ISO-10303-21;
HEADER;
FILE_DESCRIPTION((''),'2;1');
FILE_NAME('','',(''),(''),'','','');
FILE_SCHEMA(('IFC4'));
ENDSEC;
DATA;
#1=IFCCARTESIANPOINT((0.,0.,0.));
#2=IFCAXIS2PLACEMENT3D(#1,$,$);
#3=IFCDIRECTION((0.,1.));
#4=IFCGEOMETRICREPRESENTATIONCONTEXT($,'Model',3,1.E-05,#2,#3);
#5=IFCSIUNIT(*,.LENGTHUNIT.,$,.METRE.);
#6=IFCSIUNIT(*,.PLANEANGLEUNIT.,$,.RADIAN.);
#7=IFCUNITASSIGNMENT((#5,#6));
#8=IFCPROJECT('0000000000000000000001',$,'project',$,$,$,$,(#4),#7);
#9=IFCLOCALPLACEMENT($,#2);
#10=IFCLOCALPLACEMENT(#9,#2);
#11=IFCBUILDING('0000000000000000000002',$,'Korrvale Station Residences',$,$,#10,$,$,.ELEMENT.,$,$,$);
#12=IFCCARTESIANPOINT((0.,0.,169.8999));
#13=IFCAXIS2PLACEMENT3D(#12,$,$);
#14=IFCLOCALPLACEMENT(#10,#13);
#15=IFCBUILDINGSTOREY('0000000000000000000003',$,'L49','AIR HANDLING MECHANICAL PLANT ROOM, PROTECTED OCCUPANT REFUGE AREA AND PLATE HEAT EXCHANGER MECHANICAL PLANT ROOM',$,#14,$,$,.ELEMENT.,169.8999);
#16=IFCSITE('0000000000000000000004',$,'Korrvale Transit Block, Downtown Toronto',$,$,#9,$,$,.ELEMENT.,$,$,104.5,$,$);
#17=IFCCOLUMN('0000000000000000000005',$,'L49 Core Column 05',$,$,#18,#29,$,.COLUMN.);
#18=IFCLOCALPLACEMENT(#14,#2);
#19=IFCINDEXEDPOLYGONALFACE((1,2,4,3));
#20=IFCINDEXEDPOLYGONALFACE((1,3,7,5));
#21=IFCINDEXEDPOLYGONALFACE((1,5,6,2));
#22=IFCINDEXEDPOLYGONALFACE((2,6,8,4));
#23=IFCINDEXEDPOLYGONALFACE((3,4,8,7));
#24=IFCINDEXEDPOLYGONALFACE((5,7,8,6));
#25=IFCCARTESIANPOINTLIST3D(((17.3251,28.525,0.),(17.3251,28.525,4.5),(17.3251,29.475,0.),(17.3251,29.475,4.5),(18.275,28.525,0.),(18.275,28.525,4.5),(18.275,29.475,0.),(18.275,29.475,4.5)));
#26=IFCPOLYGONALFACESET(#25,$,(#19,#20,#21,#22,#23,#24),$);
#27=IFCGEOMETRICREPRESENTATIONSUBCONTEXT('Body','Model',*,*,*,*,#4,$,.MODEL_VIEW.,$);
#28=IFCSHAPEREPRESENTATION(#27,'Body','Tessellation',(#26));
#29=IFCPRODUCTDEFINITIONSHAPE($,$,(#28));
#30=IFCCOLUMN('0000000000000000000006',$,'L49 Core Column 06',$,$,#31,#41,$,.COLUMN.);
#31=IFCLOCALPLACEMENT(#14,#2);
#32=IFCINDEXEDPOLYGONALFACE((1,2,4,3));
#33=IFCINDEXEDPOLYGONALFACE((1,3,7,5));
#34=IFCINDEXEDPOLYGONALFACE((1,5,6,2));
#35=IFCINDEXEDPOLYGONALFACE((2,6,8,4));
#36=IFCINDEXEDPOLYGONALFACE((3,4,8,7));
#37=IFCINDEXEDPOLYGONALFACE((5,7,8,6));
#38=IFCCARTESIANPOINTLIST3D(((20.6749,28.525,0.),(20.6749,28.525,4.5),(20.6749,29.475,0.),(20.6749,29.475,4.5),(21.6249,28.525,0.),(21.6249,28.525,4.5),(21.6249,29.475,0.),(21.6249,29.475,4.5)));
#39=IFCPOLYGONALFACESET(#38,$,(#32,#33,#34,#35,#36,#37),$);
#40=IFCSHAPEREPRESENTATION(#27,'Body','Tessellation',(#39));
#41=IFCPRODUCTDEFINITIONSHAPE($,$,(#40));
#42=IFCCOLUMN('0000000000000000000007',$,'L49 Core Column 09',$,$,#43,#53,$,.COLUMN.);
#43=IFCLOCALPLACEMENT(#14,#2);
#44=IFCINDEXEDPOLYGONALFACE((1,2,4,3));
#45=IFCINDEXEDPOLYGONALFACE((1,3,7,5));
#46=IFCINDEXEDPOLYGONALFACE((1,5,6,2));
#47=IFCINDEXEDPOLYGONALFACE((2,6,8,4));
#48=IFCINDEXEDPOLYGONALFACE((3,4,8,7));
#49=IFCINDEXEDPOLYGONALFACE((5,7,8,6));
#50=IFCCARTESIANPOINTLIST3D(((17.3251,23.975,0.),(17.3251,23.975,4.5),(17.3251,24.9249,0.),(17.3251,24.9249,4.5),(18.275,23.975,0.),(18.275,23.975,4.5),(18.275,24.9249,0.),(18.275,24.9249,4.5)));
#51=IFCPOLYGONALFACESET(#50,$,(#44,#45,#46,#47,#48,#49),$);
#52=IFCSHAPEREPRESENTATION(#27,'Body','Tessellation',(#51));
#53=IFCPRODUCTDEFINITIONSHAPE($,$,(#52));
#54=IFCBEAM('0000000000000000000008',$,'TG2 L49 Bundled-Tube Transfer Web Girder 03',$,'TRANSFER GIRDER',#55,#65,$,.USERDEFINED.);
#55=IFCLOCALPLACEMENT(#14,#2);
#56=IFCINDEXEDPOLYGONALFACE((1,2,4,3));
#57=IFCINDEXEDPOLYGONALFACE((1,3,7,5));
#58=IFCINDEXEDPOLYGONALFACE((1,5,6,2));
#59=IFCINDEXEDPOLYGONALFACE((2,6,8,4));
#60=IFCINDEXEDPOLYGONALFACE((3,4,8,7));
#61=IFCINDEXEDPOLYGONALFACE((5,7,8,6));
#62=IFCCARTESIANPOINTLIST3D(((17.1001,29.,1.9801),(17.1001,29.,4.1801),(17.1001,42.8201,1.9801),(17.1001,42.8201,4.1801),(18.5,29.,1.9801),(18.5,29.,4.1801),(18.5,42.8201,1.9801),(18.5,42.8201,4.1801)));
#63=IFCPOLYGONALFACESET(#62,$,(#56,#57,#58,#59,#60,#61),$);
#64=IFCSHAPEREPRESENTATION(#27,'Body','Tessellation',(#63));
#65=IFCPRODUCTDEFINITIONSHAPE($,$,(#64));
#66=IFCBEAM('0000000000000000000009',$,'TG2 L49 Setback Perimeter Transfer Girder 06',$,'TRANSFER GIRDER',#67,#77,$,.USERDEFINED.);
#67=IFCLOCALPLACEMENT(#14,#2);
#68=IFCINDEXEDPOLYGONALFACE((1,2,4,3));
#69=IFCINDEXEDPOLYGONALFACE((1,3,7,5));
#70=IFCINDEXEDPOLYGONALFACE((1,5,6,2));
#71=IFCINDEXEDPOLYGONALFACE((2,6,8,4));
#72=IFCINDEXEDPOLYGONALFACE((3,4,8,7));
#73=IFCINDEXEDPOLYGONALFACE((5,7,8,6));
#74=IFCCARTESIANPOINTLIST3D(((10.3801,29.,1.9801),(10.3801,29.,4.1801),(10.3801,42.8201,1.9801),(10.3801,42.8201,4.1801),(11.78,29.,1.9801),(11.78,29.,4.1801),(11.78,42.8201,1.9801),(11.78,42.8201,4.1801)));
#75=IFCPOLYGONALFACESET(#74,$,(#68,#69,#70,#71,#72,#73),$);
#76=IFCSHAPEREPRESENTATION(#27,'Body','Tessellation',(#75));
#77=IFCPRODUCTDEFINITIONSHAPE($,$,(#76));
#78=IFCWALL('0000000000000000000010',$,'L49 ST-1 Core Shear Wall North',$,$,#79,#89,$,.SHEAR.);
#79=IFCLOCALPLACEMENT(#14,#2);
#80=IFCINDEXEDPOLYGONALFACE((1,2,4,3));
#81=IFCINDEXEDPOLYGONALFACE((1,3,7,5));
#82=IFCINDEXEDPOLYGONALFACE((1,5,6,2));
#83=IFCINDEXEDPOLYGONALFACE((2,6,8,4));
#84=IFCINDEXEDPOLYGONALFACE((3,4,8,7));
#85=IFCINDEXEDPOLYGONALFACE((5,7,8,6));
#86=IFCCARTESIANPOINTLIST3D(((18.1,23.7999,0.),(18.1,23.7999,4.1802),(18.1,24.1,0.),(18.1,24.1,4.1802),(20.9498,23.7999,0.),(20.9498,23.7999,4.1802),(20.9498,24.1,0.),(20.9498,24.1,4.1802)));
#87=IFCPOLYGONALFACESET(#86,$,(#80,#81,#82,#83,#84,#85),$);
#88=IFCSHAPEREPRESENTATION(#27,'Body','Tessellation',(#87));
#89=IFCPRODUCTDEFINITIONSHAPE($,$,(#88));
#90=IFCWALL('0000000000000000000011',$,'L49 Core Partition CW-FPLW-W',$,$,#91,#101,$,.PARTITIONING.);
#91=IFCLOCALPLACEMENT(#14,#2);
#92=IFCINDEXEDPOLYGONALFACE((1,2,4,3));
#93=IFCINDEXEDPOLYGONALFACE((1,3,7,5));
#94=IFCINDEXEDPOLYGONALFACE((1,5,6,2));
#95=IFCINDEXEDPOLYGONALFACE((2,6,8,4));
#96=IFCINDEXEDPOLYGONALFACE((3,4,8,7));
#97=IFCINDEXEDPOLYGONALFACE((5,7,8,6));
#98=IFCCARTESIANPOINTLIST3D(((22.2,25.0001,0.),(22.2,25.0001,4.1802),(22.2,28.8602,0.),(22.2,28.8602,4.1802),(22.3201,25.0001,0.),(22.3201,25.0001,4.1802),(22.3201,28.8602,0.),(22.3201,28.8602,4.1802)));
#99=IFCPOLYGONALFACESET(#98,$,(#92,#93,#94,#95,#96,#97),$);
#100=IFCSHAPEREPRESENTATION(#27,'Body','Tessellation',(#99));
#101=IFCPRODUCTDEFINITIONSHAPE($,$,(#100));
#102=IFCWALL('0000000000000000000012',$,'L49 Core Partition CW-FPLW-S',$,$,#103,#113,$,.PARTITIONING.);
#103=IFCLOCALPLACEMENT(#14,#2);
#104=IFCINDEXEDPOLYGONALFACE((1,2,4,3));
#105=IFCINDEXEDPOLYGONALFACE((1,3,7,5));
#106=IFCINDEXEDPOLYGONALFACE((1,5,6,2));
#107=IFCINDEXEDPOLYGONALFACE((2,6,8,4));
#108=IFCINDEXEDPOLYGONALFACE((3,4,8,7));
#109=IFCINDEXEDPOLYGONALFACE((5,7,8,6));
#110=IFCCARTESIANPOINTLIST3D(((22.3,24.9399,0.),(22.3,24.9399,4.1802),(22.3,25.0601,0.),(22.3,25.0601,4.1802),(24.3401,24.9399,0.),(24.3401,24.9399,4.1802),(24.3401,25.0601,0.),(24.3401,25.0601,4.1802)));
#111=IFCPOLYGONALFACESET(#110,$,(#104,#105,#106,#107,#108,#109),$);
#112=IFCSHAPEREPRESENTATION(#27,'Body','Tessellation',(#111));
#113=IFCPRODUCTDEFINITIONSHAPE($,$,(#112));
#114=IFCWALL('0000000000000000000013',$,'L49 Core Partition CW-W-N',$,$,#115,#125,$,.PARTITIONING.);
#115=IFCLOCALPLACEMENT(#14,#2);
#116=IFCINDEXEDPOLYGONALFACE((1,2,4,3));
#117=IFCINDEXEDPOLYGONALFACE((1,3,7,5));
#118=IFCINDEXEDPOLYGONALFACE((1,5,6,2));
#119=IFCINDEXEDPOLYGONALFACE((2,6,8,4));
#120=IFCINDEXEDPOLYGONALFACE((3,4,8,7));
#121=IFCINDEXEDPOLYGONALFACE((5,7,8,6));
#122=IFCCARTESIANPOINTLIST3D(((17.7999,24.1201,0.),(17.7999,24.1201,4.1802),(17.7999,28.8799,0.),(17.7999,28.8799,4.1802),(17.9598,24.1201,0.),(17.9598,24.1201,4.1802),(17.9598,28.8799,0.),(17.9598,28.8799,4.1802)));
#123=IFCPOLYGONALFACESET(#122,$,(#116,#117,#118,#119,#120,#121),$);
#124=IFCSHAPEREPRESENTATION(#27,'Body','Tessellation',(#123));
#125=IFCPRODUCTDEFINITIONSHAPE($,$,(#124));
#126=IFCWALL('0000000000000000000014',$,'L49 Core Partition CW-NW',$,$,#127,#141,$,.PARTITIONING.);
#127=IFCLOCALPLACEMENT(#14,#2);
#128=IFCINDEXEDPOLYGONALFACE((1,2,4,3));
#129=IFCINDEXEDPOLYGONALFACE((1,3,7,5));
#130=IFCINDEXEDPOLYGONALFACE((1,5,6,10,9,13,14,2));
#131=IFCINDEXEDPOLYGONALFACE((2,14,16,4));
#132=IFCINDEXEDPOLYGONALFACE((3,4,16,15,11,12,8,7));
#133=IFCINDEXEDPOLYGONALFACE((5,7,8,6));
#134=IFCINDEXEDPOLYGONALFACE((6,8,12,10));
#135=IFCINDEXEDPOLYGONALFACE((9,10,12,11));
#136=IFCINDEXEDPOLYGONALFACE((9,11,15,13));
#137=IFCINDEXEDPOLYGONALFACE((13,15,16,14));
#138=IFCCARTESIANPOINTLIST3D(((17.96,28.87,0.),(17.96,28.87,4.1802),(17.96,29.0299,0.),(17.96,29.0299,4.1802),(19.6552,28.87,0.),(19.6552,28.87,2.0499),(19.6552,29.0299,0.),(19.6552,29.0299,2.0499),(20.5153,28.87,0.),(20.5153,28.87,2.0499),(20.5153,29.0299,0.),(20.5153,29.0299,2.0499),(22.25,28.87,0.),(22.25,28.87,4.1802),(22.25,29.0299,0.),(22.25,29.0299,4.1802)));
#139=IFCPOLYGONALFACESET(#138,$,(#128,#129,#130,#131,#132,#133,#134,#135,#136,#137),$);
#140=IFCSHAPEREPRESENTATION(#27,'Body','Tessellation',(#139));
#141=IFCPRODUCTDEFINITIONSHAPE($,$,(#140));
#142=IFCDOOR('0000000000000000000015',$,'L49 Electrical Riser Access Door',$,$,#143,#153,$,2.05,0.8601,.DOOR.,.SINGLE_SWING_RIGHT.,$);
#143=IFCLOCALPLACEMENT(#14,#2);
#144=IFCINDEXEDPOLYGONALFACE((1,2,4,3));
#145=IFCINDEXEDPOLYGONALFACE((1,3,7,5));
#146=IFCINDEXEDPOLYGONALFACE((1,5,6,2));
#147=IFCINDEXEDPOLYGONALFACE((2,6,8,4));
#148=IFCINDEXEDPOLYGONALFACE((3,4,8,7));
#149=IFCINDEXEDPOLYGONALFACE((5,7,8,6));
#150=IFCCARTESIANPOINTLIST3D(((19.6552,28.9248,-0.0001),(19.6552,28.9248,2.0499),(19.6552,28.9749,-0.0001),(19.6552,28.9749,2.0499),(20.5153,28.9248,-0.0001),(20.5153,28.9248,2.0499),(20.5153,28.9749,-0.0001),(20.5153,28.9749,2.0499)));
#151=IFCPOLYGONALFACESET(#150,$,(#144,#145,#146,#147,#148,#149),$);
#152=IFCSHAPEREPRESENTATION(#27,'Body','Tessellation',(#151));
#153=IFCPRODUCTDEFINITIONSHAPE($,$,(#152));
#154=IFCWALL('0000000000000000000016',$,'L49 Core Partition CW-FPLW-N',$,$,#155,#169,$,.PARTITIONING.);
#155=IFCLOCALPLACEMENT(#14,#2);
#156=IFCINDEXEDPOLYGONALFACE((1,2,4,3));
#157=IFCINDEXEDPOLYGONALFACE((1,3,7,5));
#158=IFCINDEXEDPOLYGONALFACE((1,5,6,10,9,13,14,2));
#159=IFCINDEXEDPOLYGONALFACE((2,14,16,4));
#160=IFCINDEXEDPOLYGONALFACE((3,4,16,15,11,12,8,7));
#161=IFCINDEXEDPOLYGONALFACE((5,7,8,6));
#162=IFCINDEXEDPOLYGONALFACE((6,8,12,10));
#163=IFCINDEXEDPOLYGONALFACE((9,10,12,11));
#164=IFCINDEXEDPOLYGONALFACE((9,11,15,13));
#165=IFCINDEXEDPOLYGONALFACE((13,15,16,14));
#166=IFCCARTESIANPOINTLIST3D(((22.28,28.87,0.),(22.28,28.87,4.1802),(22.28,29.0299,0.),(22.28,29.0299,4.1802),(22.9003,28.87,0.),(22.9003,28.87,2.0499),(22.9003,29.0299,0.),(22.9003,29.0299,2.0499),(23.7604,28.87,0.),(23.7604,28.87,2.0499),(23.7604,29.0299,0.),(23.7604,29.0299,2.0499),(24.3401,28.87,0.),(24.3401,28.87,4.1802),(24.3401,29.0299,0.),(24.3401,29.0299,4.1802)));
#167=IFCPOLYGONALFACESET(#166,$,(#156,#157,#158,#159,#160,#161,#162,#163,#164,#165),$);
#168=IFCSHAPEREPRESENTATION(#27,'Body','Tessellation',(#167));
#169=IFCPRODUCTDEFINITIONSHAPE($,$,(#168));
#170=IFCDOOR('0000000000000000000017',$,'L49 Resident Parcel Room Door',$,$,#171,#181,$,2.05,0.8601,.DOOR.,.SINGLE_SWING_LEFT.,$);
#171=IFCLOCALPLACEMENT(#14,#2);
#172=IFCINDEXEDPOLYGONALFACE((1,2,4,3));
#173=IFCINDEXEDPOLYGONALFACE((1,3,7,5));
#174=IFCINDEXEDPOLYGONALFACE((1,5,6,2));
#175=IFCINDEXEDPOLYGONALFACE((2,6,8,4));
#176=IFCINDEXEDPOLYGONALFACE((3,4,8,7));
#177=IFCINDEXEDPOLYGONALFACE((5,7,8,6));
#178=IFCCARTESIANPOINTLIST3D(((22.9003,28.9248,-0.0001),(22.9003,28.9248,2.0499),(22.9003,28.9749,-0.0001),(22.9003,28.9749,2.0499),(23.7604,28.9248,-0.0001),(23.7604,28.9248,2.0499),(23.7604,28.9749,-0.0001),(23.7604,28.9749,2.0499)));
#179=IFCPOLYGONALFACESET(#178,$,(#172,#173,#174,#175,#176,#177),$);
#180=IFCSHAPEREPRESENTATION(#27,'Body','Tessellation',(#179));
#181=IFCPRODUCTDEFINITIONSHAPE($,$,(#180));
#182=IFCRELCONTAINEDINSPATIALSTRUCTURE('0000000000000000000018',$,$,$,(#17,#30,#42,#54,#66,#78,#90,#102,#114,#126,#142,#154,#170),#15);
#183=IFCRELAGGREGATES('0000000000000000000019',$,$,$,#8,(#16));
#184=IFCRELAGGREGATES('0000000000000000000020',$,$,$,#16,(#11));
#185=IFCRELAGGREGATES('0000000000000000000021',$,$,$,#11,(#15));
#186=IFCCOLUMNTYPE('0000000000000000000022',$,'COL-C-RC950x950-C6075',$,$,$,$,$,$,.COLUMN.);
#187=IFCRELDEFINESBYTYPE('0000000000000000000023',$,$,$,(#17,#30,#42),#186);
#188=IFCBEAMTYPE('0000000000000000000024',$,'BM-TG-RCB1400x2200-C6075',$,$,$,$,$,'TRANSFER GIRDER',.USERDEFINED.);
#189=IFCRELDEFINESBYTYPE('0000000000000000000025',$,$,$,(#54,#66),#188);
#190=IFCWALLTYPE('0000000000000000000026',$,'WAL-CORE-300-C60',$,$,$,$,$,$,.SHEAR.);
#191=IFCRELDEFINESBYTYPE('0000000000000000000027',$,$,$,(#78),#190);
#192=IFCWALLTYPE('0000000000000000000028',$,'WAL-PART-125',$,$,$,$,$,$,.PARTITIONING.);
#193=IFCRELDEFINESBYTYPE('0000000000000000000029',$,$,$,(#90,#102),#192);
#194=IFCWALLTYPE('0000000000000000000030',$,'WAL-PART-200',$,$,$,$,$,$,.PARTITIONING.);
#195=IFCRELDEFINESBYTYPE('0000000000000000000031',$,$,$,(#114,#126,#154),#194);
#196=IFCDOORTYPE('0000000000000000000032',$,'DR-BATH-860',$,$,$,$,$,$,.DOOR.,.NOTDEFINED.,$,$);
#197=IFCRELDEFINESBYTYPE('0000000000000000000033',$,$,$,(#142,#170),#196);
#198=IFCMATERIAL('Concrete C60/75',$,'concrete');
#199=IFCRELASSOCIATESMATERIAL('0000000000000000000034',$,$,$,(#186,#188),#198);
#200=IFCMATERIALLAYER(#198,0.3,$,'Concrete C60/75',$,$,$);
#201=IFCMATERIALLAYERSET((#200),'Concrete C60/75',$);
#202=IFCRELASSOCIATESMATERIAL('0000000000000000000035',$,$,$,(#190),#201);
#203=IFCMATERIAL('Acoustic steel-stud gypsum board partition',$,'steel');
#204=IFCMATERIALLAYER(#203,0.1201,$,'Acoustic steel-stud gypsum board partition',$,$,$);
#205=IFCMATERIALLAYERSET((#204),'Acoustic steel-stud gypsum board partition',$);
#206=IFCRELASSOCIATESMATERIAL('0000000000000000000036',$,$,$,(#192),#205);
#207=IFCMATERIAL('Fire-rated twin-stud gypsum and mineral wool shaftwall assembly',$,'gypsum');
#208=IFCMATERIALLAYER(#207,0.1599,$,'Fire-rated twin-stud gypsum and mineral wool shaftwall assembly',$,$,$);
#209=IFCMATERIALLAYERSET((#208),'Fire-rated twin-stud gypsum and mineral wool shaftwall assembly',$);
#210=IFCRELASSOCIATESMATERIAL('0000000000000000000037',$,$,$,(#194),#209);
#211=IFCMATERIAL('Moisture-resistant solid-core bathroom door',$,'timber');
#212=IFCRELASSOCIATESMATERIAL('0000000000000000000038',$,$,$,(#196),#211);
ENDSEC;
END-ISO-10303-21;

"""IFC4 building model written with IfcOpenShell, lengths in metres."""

from ifc_helpers import new_model, si_unit, direction, frame, frame_2d, origin, origin_2d, place, context, subcontext, project, spatial, rectangle, extrude, material, layer, layer_set, material_profile, profile_set, type_object, element, fill, save


model = new_model("IFC4")

# Units and contexts
model_context = context("Model", 3, precision=1e-05, world=origin(), true_north=direction((0.0, 1.0)))
body_context = subcontext(model_context, "Body", "Model", "MODEL_VIEW")
ifc_project = project(units=[si_unit("LENGTHUNIT", "METRE"), si_unit("PLANEANGLEUNIT", "RADIAN")], contexts=[model_context])

# Site, building, storey
site_placement = place(None, origin())
site = spatial("IfcSite", under=ifc_project, at=site_placement, Name="Korrvale Transit Block, Downtown Toronto", CompositionType="ELEMENT", RefElevation=104.5)
building_placement = place(site_placement, origin())
building = spatial("IfcBuilding", under=site, at=building_placement, Name="Korrvale Station Residences", CompositionType="ELEMENT")
storey_placement = place(building_placement, frame((0.0, 0.0, 169.8999)))
storey = spatial("IfcBuildingStorey", under=building, at=storey_placement, Name="L49", Description="AIR HANDLING MECHANICAL PLANT ROOM, PROTECTED OCCUPANT REFUGE AREA AND PLATE HEAT EXCHANGER MECHANICAL PLANT ROOM", CompositionType="ELEMENT", Elevation=169.8999)

# Columns
ifc_material_1 = material(Name="Concrete C60/75", Category="concrete")
ifc_material_profile_1 = material_profile(ifc_material_1, rectangle(XDim=0.95, YDim=0.95, at=origin_2d()), Name="RC950x950")
ifc_profile_set_1 = profile_set([ifc_material_profile_1], Name="Concrete C60/75")
column_type = type_object("IfcColumnType", Name="COL-C-RC950x950-C6075", PredefinedType="COLUMN", material=ifc_profile_set_1)
for number, where, z_axis, x_axis, name in (
    (1, (17.8, 29.0, 0.0), (0.0, 0.0, 1.0), (1.0, 0.0, 0.0), "L49 Core Column 05"),
    (2, (21.1499, 29.0, 0.0), (0.0, 0.0, 1.0), (1.0, 0.0, 0.0), "L49 Core Column 06"),
    (3, (17.8, 24.45, 0.0), (0.0, 0.0, 1.0), (1.0, 0.0, 0.0), "L49 Core Column 09"),
):
    element("IfcColumn", number, at=place(storey_placement, frame(where, z_axis=z_axis, x_axis=x_axis)), inside=storey, type_object=column_type, Name=name, PredefinedType="COLUMN", context=body_context, shape_type="SweptSolid", body=[
        extrude(rectangle(XDim=0.95, YDim=0.95, at=origin_2d()), origin(), (0.0, 0.0, 1.0), 4.5),
    ])

# Beams
ifc_material_profile_2 = material_profile(ifc_material_1, rectangle(XDim=1.3999, YDim=2.2, at=origin_2d()), Name="RCB1400x2200")
ifc_profile_set_2 = profile_set([ifc_material_profile_2], Name="Concrete C60/75")
beam_type = type_object("IfcBeamType", Name="BM-TG-RCB1400x2200-C6075", ElementType="TRANSFER GIRDER", PredefinedType="USERDEFINED", material=ifc_profile_set_2)
for number, where, z_axis, x_axis, name in (
    (4, (17.8, 29.0, 3.0801), (0.0, 1.0, 0.0), (-1.0, 0.0, 0.0), "TG2 L49 Bundled-Tube Transfer Web Girder 03"),
    (5, (11.0801, 29.0, 3.0801), (0.0, 1.0, 0.0), (-1.0, 0.0, 0.0), "TG2 L49 Setback Perimeter Transfer Girder 06"),
):
    element("IfcBeam", number, at=place(storey_placement, frame(where, z_axis=z_axis, x_axis=x_axis)), inside=storey, type_object=beam_type, Name=name, ObjectType="TRANSFER GIRDER", PredefinedType="USERDEFINED", context=body_context, shape_type="SweptSolid", body=[
        extrude(rectangle(XDim=1.3999, YDim=2.2, at=origin_2d()), origin(), (0.0, 0.0, 1.0), 13.8201),
    ])

# Walls
ifc_layer_1 = layer(ifc_material_1, 0.3, Name="Concrete C60/75")
ifc_layer_set_1 = layer_set([ifc_layer_1], Name="Concrete C60/75")
wall_type_1 = type_object("IfcWallType", Name="WAL-CORE-300-C60", PredefinedType="SHEAR", material=ifc_layer_set_1)
wall_1_placement = place(storey_placement, frame((18.1001, 23.95, 0.0), z_axis=(0.0, 0.0, 1.0), x_axis=(1.0, 0.0, 0.0)))
element("IfcWall", 6, at=wall_1_placement, inside=storey, type_object=wall_type_1, Name="L49 ST-1 Core Shear Wall North", PredefinedType="SHEAR", context=body_context, shape_type="SweptSolid", body=[
    extrude(rectangle(XDim=2.8499, YDim=0.3, at=frame_2d((1.4248, 0.0))), origin(), (0.0, 0.0, 1.0), 4.1802),
])
ifc_material_2 = material(Name="Acoustic steel-stud gypsum board partition", Category="steel")
ifc_layer_2 = layer(ifc_material_2, 0.1201, Name="Acoustic steel-stud gypsum board partition")
ifc_layer_set_2 = layer_set([ifc_layer_2], Name="Acoustic steel-stud gypsum board partition")
wall_type_2 = type_object("IfcWallType", Name="WAL-PART-125", PredefinedType="PARTITIONING", material=ifc_layer_set_2)
wall_2_placement = place(storey_placement, frame((22.26, 25.0, 0.0), z_axis=(0.0, 0.0, 1.0), x_axis=(0.0, 1.0, 0.0)))
element("IfcWall", 7, at=wall_2_placement, inside=storey, type_object=wall_type_2, Name="L49 Core Partition CW-FPLW-W", PredefinedType="PARTITIONING", context=body_context, shape_type="SweptSolid", body=[
    extrude(rectangle(XDim=3.8601, YDim=0.1201, at=frame_2d((1.9302, 0.0))), origin(), (0.0, 0.0, 1.0), 4.1802),
])
wall_3_placement = place(storey_placement, frame((22.3, 25.0, 0.0), z_axis=(0.0, 0.0, 1.0), x_axis=(1.0, 0.0, 0.0)))
element("IfcWall", 8, at=wall_3_placement, inside=storey, type_object=wall_type_2, Name="L49 Core Partition CW-FPLW-S", PredefinedType="PARTITIONING", context=body_context, shape_type="SweptSolid", body=[
    extrude(rectangle(XDim=2.04, YDim=0.1201, at=frame_2d((1.02, 0.0))), origin(), (0.0, 0.0, 1.0), 4.1802),
])
ifc_material_3 = material(Name="Fire-rated twin-stud gypsum and mineral wool shaftwall assembly", Category="gypsum")
ifc_layer_3 = layer(ifc_material_3, 0.1599, Name="Fire-rated twin-stud gypsum and mineral wool shaftwall assembly")
ifc_layer_set_3 = layer_set([ifc_layer_3], Name="Fire-rated twin-stud gypsum and mineral wool shaftwall assembly")
wall_type_3 = type_object("IfcWallType", Name="WAL-PART-200", PredefinedType="PARTITIONING", material=ifc_layer_set_3)
wall_4_placement = place(storey_placement, frame((17.8799, 24.1201, 0.0), z_axis=(0.0, 0.0, 1.0), x_axis=(0.0, 1.0, 0.0)))
element("IfcWall", 9, at=wall_4_placement, inside=storey, type_object=wall_type_3, Name="L49 Core Partition CW-W-N", PredefinedType="PARTITIONING", context=body_context, shape_type="SweptSolid", body=[
    extrude(rectangle(XDim=4.7598, YDim=0.1599, at=frame_2d((2.3799, 0.0))), origin(), (0.0, 0.0, 1.0), 4.1802),
])

# Walls, openings, doors
wall_5_placement = place(storey_placement, frame((17.96, 28.95, 0.0), z_axis=(0.0, 0.0, 1.0), x_axis=(1.0, 0.0, 0.0)))
wall_5 = element("IfcWall", 10, at=wall_5_placement, inside=storey, type_object=wall_type_3, Name="L49 Core Partition CW-NW", PredefinedType="PARTITIONING", context=body_context, shape_type="SweptSolid", body=[
    extrude(rectangle(XDim=4.29, YDim=0.1599, at=frame_2d((2.145, 0.0))), origin(), (0.0, 0.0, 1.0), 4.1802),
])
opening_1_placement = place(wall_5_placement, frame((1.6951, 0.0, 0.0)))
opening_1 = element("IfcOpeningElement", 11, at=opening_1_placement, cuts=wall_5, PredefinedType="OPENING", context=body_context, shape_type="SweptSolid", body=[
    extrude(rectangle(XDim=0.8601, YDim=2.05, at=frame_2d((0.4302, 1.0249))), frame((0.0, 0.0898, 0.0), z_axis=(0.0, -1.0, 0.0), x_axis=(1.0, 0.0, 0.0)), (0.0, 0.0, 1.0), 0.1799),
])
ifc_material_4 = material(Name="Moisture-resistant solid-core bathroom door", Category="timber")
door_type_1 = type_object("IfcDoorType", Name="DR-BATH-860", OperationType="NOTDEFINED", PredefinedType="DOOR", material=ifc_material_4)
door_1_placement = place(opening_1_placement, origin())
door_1 = element("IfcDoor", 12, at=door_1_placement, inside=storey, type_object=door_type_1, Name="L49 Electrical Riser Access Door", OperationType="SINGLE_SWING_RIGHT", OverallHeight=2.05, OverallWidth=0.8601, PredefinedType="DOOR", context=body_context, shape_type="SweptSolid", body=[
    extrude(rectangle(XDim=0.8601, YDim=2.05, at=frame_2d((0.4302, 1.0249))), frame((0.0, 0.0249, 0.0), z_axis=(0.0, -1.0, 0.0), x_axis=(1.0, 0.0, 0.0)), (0.0, 0.0, 1.0), 0.05),
])
fill(opening_1, door_1)
wall_6_placement = place(storey_placement, frame((22.28, 28.95, 0.0), z_axis=(0.0, 0.0, 1.0), x_axis=(1.0, 0.0, 0.0)))
wall_6 = element("IfcWall", 13, at=wall_6_placement, inside=storey, type_object=wall_type_3, Name="L49 Core Partition CW-FPLW-N", PredefinedType="PARTITIONING", context=body_context, shape_type="SweptSolid", body=[
    extrude(rectangle(XDim=2.0601, YDim=0.1599, at=frame_2d((1.03, 0.0))), origin(), (0.0, 0.0, 1.0), 4.1802),
])
opening_2_placement = place(wall_6_placement, frame((0.6201, 0.0, 0.0)))
opening_2 = element("IfcOpeningElement", 14, at=opening_2_placement, cuts=wall_6, PredefinedType="OPENING", context=body_context, shape_type="SweptSolid", body=[
    extrude(rectangle(XDim=0.8601, YDim=2.05, at=frame_2d((0.4302, 1.0249))), frame((0.0, 0.0898, 0.0), z_axis=(0.0, -1.0, 0.0), x_axis=(1.0, 0.0, 0.0)), (0.0, 0.0, 1.0), 0.1799),
])
door_2_placement = place(opening_2_placement, origin())
door_2 = element("IfcDoor", 15, at=door_2_placement, inside=storey, type_object=door_type_1, Name="L49 Resident Parcel Room Door", OperationType="SINGLE_SWING_LEFT", OverallHeight=2.05, OverallWidth=0.8601, PredefinedType="DOOR", context=body_context, shape_type="SweptSolid", body=[
    extrude(rectangle(XDim=0.8601, YDim=2.05, at=frame_2d((0.4302, 1.0249))), frame((0.0, 0.0249, 0.0), z_axis=(0.0, -1.0, 0.0), x_axis=(1.0, 0.0, 0.0)), (0.0, 0.0, 1.0), 0.05),
])
fill(opening_2, door_2)

save(model, "model.ifc")
